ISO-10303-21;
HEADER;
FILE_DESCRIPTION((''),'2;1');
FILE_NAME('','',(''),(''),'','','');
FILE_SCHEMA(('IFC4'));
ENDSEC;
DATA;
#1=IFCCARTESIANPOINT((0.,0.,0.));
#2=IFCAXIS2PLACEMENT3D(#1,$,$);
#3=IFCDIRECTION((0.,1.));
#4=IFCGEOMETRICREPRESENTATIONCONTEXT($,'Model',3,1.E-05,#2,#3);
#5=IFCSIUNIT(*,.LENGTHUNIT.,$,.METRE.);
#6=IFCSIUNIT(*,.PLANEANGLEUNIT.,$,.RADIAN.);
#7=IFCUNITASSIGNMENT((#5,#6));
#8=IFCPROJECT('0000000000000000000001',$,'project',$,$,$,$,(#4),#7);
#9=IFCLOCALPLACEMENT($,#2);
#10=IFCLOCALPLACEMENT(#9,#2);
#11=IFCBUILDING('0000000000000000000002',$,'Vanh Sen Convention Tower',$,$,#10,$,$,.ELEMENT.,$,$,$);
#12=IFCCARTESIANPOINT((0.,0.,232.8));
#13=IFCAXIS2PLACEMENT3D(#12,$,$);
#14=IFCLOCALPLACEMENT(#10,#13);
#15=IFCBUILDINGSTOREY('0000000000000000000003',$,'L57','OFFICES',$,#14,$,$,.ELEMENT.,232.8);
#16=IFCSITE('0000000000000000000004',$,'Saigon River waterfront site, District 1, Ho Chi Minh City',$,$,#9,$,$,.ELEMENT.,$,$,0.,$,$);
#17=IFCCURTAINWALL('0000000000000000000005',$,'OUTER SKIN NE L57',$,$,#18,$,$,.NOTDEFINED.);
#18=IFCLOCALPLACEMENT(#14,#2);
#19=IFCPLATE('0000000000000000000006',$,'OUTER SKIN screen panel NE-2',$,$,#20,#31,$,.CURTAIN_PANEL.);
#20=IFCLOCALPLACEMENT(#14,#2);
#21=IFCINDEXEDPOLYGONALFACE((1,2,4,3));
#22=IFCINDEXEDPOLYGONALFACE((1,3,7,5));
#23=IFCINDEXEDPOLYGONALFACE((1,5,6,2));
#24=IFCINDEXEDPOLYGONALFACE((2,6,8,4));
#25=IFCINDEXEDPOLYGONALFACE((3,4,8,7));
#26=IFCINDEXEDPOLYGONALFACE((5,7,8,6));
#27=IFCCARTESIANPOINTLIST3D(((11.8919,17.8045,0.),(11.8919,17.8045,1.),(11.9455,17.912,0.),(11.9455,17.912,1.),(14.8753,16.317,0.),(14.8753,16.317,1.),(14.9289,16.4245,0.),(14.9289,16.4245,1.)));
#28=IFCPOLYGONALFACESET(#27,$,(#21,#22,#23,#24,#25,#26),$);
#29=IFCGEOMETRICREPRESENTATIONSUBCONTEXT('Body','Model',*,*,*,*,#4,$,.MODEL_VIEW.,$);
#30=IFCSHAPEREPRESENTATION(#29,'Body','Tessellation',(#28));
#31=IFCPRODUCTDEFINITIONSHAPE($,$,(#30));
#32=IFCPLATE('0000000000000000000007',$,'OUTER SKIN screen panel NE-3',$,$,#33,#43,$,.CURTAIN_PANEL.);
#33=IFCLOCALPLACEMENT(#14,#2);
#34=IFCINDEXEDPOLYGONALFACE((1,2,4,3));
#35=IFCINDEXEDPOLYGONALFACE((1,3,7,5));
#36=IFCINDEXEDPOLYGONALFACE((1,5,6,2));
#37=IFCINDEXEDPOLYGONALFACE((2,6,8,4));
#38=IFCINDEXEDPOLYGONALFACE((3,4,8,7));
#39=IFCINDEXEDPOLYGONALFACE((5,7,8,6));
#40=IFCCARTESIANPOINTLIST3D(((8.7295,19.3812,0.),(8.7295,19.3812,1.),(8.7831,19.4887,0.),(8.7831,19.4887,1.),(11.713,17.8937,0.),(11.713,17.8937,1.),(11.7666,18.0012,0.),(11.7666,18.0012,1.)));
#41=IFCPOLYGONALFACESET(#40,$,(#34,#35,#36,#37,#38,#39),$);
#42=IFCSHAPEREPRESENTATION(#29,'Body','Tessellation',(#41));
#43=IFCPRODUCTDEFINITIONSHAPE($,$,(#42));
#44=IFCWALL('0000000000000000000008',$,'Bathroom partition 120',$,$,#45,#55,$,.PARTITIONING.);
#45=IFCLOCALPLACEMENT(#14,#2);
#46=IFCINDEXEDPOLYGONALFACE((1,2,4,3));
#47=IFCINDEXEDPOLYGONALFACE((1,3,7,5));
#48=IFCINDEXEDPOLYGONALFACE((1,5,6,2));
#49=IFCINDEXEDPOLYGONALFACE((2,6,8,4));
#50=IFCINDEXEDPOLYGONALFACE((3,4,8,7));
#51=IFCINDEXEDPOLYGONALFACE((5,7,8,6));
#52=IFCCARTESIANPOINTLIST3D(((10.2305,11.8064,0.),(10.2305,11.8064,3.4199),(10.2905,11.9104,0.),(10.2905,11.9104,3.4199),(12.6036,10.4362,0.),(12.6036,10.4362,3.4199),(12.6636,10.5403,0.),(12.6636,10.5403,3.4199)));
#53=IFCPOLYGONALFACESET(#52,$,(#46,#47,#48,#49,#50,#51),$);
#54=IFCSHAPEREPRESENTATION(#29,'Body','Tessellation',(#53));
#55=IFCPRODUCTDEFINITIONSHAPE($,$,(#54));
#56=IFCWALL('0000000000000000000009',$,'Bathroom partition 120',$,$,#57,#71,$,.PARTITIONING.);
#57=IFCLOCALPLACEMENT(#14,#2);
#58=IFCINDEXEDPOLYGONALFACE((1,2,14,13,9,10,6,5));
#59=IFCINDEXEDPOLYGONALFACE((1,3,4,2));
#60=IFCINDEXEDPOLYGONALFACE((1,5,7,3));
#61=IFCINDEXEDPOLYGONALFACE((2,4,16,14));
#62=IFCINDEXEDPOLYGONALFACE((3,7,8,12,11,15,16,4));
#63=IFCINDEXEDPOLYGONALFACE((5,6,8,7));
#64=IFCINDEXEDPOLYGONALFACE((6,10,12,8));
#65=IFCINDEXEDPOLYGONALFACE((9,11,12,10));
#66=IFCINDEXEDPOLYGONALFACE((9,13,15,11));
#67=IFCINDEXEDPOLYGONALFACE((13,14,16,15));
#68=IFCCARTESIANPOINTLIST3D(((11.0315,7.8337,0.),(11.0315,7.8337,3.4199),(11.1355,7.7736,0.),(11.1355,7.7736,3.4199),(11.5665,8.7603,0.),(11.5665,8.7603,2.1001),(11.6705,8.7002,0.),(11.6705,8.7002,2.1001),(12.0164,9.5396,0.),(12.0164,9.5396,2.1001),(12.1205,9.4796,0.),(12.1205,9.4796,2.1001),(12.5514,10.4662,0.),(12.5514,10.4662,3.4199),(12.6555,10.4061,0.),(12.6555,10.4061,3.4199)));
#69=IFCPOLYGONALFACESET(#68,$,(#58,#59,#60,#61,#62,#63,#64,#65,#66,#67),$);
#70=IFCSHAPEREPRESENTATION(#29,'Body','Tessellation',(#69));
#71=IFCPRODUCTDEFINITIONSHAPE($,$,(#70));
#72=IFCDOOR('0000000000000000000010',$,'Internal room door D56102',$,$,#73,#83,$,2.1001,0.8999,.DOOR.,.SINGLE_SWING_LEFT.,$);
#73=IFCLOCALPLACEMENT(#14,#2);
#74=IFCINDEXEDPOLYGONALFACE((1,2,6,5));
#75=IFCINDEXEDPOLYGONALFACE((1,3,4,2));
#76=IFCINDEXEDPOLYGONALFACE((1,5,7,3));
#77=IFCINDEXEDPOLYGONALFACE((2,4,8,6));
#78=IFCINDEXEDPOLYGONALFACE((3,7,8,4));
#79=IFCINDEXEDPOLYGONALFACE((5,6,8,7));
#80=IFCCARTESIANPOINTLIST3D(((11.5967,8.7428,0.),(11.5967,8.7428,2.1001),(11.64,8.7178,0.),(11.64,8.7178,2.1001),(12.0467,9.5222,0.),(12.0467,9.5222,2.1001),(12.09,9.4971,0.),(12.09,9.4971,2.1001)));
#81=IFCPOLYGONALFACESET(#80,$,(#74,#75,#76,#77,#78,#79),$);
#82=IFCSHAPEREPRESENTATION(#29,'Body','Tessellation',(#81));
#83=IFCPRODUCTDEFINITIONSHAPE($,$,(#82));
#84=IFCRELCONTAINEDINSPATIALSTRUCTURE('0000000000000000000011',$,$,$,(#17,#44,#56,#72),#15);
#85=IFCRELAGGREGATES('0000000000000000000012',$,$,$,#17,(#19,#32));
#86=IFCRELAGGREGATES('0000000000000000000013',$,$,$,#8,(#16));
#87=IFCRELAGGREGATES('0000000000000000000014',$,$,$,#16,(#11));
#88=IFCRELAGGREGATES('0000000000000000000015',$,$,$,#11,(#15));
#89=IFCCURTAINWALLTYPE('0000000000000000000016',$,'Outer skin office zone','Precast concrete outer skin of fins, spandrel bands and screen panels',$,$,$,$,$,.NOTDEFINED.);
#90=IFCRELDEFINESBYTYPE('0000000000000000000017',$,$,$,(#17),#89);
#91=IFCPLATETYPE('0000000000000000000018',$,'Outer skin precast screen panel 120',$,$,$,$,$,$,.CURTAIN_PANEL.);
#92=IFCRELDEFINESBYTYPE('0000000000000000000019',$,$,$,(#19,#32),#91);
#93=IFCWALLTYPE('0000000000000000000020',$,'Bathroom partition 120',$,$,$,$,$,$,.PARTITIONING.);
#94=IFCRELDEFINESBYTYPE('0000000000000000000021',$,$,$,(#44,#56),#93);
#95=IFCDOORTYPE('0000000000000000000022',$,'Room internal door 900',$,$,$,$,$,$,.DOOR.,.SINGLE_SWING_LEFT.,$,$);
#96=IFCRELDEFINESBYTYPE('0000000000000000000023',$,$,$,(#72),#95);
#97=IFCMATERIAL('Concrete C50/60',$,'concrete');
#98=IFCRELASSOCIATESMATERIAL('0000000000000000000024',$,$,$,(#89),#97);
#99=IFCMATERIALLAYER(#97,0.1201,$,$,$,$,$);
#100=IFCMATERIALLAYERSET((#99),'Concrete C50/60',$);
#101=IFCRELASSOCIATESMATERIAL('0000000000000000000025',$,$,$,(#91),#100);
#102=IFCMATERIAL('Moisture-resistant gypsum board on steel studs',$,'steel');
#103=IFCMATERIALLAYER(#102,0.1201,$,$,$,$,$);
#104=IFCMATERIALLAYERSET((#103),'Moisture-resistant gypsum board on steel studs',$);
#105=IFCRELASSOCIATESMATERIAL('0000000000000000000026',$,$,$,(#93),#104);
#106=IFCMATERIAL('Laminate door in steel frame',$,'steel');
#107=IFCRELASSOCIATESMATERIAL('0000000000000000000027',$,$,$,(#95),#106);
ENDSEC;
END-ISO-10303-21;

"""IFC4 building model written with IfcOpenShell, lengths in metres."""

from ifc_helpers import new_model, si_unit, direction, frame, frame_2d, origin, origin_2d, place, context, subcontext, project, spatial, rectangle, extrude, material, layer, layer_set, type_object, element, fill, aggregate, save


model = new_model("IFC4")

# Units and contexts
model_context = context("Model", 3, precision=1e-05, world=origin(), true_north=direction((0.0, 1.0)))
body_context = subcontext(model_context, "Body", "Model", "MODEL_VIEW")
ifc_project = project(units=[si_unit("LENGTHUNIT", "METRE"), si_unit("PLANEANGLEUNIT", "RADIAN")], contexts=[model_context])

# Site, building, storey
site_placement = place(None, origin())
site = spatial("IfcSite", under=ifc_project, at=site_placement, Name="Saigon River waterfront site, District 1, Ho Chi Minh City", CompositionType="ELEMENT", RefElevation=0.0)
building_placement = place(site_placement, origin())
building = spatial("IfcBuilding", under=site, at=building_placement, Name="Vanh Sen Convention Tower", CompositionType="ELEMENT")
storey_placement = place(building_placement, frame((0.0, 0.0, 232.8)))
storey = spatial("IfcBuildingStorey", under=building, at=storey_placement, Name="L57", Description="OFFICES", CompositionType="ELEMENT", Elevation=232.8)

# Curtain wall
ifc_material_1 = material(Name="Concrete C50/60", Category="concrete")
curtain_wall_type = type_object("IfcCurtainWallType", Name="Outer skin office zone", Description="Precast concrete outer skin of fins, spandrel bands and screen panels", PredefinedType="NOTDEFINED", material=ifc_material_1)
curtain_wall_1_placement = place(storey_placement, origin())
curtain_wall_1 = element("IfcCurtainWall", 1, at=curtain_wall_1_placement, inside=storey, type_object=curtain_wall_type, Name="OUTER SKIN NE L57", PredefinedType="NOTDEFINED")

# Shared definitions
ifc_layer_1 = layer(ifc_material_1, 0.1201)
ifc_layer_set_1 = layer_set([ifc_layer_1], Name="Concrete C50/60")
plate_type = type_object("IfcPlateType", Name="Outer skin precast screen panel 120", PredefinedType="CURTAIN_PANEL", material=ifc_layer_set_1)

# Plates
plate_1_placement = place(storey_placement, frame((13.4104, 17.1145, 0.0), z_axis=(0.0, 0.0, 1.0), x_axis=(-0.894936, 0.446195, 0.0)))
plate_1 = element("IfcPlate", 2, at=plate_1_placement, type_object=plate_type, Name="OUTER SKIN screen panel NE-2", PredefinedType="CURTAIN_PANEL", context=body_context, shape_type="SweptSolid", body=[
    extrude(rectangle(XDim=3.3337, YDim=0.1201, at=origin_2d()), origin(), (0.0, 0.0, 1.0), 1.0),
])
plate_2_placement = place(storey_placement, frame((10.248, 18.6912, 0.0), z_axis=(0.0, 0.0, 1.0), x_axis=(-0.894936, 0.446195, 0.0)))
plate_2 = element("IfcPlate", 3, at=plate_2_placement, type_object=plate_type, Name="OUTER SKIN screen panel NE-3", PredefinedType="CURTAIN_PANEL", context=body_context, shape_type="SweptSolid", body=[
    extrude(rectangle(XDim=3.3337, YDim=0.1201, at=origin_2d()), origin(), (0.0, 0.0, 1.0), 1.0),
])
aggregate(curtain_wall_1, [plate_1, plate_2])

# Wall
ifc_material_2 = material(Name="Moisture-resistant gypsum board on steel studs", Category="steel")
ifc_layer_2 = layer(ifc_material_2, 0.1201)
ifc_layer_set_2 = layer_set([ifc_layer_2], Name="Moisture-resistant gypsum board on steel studs")
wall_type_1 = type_object("IfcWallType", Name="Bathroom partition 120", PredefinedType="PARTITIONING", material=ifc_layer_set_2)
wall_1_placement = place(storey_placement, frame((10.2605, 11.8584, 0.0), z_axis=(0.0, 0.0, 1.0), x_axis=(0.866019, -0.50001, 0.0)))
element("IfcWall", 4, at=wall_1_placement, inside=storey, type_object=wall_type_1, Name="Bathroom partition 120", PredefinedType="PARTITIONING", context=body_context, shape_type="SweptSolid", body=[
    extrude(rectangle(XDim=2.7402, YDim=0.1201, at=frame_2d((1.3701, 0.0))), origin(), (0.0, 0.0, 1.0), 3.4199),
])

# Wall, opening, door
wall_2_placement = place(storey_placement, frame((12.6035, 10.4363, 0.0), z_axis=(0.0, 0.0, 1.0), x_axis=(-0.500026, -0.86601, 0.0)))
wall_2 = element("IfcWall", 5, at=wall_2_placement, inside=storey, type_object=wall_type_1, Name="Bathroom partition 120", PredefinedType="PARTITIONING", context=body_context, shape_type="SweptSolid", body=[
    extrude(rectangle(XDim=3.0398, YDim=0.1201, at=frame_2d((1.52, 0.0))), origin(), (0.0, 0.0, 1.0), 3.4199),
])
opening_1_placement = place(wall_2_placement, frame((1.0701, 0.0, 0.0)))
opening_1 = element("IfcOpeningElement", 6, at=opening_1_placement, cuts=wall_2, PredefinedType="OPENING", context=body_context, shape_type="SweptSolid", body=[
    extrude(rectangle(XDim=0.8999, YDim=2.1001, at=frame_2d((0.45, 1.05))), frame((0.0, 0.0701, 0.0), z_axis=(0.0, -1.0, 0.0), x_axis=(1.0, 0.0, 0.0)), (0.0, 0.0, 1.0), 0.1401),
])
ifc_material_3 = material(Name="Laminate door in steel frame", Category="steel")
door_type = type_object("IfcDoorType", Name="Room internal door 900", OperationType="SINGLE_SWING_LEFT", PredefinedType="DOOR", material=ifc_material_3)
door_placement = place(opening_1_placement, origin())
door = element("IfcDoor", 7, at=door_placement, inside=storey, type_object=door_type, Name="Internal room door D56102", OperationType="SINGLE_SWING_LEFT", OverallHeight=2.1001, OverallWidth=0.8999, PredefinedType="DOOR", context=body_context, shape_type="SweptSolid", body=[
    extrude(rectangle(XDim=0.8999, YDim=2.1001, at=frame_2d((0.45, 1.05))), frame((0.0, 0.0249, 0.0), z_axis=(0.0, -1.0, 0.0), x_axis=(1.0, 0.0, 0.0)), (0.0, 0.0, 1.0), 0.05),
])
fill(opening_1, door)

save(model, "model.ifc")
